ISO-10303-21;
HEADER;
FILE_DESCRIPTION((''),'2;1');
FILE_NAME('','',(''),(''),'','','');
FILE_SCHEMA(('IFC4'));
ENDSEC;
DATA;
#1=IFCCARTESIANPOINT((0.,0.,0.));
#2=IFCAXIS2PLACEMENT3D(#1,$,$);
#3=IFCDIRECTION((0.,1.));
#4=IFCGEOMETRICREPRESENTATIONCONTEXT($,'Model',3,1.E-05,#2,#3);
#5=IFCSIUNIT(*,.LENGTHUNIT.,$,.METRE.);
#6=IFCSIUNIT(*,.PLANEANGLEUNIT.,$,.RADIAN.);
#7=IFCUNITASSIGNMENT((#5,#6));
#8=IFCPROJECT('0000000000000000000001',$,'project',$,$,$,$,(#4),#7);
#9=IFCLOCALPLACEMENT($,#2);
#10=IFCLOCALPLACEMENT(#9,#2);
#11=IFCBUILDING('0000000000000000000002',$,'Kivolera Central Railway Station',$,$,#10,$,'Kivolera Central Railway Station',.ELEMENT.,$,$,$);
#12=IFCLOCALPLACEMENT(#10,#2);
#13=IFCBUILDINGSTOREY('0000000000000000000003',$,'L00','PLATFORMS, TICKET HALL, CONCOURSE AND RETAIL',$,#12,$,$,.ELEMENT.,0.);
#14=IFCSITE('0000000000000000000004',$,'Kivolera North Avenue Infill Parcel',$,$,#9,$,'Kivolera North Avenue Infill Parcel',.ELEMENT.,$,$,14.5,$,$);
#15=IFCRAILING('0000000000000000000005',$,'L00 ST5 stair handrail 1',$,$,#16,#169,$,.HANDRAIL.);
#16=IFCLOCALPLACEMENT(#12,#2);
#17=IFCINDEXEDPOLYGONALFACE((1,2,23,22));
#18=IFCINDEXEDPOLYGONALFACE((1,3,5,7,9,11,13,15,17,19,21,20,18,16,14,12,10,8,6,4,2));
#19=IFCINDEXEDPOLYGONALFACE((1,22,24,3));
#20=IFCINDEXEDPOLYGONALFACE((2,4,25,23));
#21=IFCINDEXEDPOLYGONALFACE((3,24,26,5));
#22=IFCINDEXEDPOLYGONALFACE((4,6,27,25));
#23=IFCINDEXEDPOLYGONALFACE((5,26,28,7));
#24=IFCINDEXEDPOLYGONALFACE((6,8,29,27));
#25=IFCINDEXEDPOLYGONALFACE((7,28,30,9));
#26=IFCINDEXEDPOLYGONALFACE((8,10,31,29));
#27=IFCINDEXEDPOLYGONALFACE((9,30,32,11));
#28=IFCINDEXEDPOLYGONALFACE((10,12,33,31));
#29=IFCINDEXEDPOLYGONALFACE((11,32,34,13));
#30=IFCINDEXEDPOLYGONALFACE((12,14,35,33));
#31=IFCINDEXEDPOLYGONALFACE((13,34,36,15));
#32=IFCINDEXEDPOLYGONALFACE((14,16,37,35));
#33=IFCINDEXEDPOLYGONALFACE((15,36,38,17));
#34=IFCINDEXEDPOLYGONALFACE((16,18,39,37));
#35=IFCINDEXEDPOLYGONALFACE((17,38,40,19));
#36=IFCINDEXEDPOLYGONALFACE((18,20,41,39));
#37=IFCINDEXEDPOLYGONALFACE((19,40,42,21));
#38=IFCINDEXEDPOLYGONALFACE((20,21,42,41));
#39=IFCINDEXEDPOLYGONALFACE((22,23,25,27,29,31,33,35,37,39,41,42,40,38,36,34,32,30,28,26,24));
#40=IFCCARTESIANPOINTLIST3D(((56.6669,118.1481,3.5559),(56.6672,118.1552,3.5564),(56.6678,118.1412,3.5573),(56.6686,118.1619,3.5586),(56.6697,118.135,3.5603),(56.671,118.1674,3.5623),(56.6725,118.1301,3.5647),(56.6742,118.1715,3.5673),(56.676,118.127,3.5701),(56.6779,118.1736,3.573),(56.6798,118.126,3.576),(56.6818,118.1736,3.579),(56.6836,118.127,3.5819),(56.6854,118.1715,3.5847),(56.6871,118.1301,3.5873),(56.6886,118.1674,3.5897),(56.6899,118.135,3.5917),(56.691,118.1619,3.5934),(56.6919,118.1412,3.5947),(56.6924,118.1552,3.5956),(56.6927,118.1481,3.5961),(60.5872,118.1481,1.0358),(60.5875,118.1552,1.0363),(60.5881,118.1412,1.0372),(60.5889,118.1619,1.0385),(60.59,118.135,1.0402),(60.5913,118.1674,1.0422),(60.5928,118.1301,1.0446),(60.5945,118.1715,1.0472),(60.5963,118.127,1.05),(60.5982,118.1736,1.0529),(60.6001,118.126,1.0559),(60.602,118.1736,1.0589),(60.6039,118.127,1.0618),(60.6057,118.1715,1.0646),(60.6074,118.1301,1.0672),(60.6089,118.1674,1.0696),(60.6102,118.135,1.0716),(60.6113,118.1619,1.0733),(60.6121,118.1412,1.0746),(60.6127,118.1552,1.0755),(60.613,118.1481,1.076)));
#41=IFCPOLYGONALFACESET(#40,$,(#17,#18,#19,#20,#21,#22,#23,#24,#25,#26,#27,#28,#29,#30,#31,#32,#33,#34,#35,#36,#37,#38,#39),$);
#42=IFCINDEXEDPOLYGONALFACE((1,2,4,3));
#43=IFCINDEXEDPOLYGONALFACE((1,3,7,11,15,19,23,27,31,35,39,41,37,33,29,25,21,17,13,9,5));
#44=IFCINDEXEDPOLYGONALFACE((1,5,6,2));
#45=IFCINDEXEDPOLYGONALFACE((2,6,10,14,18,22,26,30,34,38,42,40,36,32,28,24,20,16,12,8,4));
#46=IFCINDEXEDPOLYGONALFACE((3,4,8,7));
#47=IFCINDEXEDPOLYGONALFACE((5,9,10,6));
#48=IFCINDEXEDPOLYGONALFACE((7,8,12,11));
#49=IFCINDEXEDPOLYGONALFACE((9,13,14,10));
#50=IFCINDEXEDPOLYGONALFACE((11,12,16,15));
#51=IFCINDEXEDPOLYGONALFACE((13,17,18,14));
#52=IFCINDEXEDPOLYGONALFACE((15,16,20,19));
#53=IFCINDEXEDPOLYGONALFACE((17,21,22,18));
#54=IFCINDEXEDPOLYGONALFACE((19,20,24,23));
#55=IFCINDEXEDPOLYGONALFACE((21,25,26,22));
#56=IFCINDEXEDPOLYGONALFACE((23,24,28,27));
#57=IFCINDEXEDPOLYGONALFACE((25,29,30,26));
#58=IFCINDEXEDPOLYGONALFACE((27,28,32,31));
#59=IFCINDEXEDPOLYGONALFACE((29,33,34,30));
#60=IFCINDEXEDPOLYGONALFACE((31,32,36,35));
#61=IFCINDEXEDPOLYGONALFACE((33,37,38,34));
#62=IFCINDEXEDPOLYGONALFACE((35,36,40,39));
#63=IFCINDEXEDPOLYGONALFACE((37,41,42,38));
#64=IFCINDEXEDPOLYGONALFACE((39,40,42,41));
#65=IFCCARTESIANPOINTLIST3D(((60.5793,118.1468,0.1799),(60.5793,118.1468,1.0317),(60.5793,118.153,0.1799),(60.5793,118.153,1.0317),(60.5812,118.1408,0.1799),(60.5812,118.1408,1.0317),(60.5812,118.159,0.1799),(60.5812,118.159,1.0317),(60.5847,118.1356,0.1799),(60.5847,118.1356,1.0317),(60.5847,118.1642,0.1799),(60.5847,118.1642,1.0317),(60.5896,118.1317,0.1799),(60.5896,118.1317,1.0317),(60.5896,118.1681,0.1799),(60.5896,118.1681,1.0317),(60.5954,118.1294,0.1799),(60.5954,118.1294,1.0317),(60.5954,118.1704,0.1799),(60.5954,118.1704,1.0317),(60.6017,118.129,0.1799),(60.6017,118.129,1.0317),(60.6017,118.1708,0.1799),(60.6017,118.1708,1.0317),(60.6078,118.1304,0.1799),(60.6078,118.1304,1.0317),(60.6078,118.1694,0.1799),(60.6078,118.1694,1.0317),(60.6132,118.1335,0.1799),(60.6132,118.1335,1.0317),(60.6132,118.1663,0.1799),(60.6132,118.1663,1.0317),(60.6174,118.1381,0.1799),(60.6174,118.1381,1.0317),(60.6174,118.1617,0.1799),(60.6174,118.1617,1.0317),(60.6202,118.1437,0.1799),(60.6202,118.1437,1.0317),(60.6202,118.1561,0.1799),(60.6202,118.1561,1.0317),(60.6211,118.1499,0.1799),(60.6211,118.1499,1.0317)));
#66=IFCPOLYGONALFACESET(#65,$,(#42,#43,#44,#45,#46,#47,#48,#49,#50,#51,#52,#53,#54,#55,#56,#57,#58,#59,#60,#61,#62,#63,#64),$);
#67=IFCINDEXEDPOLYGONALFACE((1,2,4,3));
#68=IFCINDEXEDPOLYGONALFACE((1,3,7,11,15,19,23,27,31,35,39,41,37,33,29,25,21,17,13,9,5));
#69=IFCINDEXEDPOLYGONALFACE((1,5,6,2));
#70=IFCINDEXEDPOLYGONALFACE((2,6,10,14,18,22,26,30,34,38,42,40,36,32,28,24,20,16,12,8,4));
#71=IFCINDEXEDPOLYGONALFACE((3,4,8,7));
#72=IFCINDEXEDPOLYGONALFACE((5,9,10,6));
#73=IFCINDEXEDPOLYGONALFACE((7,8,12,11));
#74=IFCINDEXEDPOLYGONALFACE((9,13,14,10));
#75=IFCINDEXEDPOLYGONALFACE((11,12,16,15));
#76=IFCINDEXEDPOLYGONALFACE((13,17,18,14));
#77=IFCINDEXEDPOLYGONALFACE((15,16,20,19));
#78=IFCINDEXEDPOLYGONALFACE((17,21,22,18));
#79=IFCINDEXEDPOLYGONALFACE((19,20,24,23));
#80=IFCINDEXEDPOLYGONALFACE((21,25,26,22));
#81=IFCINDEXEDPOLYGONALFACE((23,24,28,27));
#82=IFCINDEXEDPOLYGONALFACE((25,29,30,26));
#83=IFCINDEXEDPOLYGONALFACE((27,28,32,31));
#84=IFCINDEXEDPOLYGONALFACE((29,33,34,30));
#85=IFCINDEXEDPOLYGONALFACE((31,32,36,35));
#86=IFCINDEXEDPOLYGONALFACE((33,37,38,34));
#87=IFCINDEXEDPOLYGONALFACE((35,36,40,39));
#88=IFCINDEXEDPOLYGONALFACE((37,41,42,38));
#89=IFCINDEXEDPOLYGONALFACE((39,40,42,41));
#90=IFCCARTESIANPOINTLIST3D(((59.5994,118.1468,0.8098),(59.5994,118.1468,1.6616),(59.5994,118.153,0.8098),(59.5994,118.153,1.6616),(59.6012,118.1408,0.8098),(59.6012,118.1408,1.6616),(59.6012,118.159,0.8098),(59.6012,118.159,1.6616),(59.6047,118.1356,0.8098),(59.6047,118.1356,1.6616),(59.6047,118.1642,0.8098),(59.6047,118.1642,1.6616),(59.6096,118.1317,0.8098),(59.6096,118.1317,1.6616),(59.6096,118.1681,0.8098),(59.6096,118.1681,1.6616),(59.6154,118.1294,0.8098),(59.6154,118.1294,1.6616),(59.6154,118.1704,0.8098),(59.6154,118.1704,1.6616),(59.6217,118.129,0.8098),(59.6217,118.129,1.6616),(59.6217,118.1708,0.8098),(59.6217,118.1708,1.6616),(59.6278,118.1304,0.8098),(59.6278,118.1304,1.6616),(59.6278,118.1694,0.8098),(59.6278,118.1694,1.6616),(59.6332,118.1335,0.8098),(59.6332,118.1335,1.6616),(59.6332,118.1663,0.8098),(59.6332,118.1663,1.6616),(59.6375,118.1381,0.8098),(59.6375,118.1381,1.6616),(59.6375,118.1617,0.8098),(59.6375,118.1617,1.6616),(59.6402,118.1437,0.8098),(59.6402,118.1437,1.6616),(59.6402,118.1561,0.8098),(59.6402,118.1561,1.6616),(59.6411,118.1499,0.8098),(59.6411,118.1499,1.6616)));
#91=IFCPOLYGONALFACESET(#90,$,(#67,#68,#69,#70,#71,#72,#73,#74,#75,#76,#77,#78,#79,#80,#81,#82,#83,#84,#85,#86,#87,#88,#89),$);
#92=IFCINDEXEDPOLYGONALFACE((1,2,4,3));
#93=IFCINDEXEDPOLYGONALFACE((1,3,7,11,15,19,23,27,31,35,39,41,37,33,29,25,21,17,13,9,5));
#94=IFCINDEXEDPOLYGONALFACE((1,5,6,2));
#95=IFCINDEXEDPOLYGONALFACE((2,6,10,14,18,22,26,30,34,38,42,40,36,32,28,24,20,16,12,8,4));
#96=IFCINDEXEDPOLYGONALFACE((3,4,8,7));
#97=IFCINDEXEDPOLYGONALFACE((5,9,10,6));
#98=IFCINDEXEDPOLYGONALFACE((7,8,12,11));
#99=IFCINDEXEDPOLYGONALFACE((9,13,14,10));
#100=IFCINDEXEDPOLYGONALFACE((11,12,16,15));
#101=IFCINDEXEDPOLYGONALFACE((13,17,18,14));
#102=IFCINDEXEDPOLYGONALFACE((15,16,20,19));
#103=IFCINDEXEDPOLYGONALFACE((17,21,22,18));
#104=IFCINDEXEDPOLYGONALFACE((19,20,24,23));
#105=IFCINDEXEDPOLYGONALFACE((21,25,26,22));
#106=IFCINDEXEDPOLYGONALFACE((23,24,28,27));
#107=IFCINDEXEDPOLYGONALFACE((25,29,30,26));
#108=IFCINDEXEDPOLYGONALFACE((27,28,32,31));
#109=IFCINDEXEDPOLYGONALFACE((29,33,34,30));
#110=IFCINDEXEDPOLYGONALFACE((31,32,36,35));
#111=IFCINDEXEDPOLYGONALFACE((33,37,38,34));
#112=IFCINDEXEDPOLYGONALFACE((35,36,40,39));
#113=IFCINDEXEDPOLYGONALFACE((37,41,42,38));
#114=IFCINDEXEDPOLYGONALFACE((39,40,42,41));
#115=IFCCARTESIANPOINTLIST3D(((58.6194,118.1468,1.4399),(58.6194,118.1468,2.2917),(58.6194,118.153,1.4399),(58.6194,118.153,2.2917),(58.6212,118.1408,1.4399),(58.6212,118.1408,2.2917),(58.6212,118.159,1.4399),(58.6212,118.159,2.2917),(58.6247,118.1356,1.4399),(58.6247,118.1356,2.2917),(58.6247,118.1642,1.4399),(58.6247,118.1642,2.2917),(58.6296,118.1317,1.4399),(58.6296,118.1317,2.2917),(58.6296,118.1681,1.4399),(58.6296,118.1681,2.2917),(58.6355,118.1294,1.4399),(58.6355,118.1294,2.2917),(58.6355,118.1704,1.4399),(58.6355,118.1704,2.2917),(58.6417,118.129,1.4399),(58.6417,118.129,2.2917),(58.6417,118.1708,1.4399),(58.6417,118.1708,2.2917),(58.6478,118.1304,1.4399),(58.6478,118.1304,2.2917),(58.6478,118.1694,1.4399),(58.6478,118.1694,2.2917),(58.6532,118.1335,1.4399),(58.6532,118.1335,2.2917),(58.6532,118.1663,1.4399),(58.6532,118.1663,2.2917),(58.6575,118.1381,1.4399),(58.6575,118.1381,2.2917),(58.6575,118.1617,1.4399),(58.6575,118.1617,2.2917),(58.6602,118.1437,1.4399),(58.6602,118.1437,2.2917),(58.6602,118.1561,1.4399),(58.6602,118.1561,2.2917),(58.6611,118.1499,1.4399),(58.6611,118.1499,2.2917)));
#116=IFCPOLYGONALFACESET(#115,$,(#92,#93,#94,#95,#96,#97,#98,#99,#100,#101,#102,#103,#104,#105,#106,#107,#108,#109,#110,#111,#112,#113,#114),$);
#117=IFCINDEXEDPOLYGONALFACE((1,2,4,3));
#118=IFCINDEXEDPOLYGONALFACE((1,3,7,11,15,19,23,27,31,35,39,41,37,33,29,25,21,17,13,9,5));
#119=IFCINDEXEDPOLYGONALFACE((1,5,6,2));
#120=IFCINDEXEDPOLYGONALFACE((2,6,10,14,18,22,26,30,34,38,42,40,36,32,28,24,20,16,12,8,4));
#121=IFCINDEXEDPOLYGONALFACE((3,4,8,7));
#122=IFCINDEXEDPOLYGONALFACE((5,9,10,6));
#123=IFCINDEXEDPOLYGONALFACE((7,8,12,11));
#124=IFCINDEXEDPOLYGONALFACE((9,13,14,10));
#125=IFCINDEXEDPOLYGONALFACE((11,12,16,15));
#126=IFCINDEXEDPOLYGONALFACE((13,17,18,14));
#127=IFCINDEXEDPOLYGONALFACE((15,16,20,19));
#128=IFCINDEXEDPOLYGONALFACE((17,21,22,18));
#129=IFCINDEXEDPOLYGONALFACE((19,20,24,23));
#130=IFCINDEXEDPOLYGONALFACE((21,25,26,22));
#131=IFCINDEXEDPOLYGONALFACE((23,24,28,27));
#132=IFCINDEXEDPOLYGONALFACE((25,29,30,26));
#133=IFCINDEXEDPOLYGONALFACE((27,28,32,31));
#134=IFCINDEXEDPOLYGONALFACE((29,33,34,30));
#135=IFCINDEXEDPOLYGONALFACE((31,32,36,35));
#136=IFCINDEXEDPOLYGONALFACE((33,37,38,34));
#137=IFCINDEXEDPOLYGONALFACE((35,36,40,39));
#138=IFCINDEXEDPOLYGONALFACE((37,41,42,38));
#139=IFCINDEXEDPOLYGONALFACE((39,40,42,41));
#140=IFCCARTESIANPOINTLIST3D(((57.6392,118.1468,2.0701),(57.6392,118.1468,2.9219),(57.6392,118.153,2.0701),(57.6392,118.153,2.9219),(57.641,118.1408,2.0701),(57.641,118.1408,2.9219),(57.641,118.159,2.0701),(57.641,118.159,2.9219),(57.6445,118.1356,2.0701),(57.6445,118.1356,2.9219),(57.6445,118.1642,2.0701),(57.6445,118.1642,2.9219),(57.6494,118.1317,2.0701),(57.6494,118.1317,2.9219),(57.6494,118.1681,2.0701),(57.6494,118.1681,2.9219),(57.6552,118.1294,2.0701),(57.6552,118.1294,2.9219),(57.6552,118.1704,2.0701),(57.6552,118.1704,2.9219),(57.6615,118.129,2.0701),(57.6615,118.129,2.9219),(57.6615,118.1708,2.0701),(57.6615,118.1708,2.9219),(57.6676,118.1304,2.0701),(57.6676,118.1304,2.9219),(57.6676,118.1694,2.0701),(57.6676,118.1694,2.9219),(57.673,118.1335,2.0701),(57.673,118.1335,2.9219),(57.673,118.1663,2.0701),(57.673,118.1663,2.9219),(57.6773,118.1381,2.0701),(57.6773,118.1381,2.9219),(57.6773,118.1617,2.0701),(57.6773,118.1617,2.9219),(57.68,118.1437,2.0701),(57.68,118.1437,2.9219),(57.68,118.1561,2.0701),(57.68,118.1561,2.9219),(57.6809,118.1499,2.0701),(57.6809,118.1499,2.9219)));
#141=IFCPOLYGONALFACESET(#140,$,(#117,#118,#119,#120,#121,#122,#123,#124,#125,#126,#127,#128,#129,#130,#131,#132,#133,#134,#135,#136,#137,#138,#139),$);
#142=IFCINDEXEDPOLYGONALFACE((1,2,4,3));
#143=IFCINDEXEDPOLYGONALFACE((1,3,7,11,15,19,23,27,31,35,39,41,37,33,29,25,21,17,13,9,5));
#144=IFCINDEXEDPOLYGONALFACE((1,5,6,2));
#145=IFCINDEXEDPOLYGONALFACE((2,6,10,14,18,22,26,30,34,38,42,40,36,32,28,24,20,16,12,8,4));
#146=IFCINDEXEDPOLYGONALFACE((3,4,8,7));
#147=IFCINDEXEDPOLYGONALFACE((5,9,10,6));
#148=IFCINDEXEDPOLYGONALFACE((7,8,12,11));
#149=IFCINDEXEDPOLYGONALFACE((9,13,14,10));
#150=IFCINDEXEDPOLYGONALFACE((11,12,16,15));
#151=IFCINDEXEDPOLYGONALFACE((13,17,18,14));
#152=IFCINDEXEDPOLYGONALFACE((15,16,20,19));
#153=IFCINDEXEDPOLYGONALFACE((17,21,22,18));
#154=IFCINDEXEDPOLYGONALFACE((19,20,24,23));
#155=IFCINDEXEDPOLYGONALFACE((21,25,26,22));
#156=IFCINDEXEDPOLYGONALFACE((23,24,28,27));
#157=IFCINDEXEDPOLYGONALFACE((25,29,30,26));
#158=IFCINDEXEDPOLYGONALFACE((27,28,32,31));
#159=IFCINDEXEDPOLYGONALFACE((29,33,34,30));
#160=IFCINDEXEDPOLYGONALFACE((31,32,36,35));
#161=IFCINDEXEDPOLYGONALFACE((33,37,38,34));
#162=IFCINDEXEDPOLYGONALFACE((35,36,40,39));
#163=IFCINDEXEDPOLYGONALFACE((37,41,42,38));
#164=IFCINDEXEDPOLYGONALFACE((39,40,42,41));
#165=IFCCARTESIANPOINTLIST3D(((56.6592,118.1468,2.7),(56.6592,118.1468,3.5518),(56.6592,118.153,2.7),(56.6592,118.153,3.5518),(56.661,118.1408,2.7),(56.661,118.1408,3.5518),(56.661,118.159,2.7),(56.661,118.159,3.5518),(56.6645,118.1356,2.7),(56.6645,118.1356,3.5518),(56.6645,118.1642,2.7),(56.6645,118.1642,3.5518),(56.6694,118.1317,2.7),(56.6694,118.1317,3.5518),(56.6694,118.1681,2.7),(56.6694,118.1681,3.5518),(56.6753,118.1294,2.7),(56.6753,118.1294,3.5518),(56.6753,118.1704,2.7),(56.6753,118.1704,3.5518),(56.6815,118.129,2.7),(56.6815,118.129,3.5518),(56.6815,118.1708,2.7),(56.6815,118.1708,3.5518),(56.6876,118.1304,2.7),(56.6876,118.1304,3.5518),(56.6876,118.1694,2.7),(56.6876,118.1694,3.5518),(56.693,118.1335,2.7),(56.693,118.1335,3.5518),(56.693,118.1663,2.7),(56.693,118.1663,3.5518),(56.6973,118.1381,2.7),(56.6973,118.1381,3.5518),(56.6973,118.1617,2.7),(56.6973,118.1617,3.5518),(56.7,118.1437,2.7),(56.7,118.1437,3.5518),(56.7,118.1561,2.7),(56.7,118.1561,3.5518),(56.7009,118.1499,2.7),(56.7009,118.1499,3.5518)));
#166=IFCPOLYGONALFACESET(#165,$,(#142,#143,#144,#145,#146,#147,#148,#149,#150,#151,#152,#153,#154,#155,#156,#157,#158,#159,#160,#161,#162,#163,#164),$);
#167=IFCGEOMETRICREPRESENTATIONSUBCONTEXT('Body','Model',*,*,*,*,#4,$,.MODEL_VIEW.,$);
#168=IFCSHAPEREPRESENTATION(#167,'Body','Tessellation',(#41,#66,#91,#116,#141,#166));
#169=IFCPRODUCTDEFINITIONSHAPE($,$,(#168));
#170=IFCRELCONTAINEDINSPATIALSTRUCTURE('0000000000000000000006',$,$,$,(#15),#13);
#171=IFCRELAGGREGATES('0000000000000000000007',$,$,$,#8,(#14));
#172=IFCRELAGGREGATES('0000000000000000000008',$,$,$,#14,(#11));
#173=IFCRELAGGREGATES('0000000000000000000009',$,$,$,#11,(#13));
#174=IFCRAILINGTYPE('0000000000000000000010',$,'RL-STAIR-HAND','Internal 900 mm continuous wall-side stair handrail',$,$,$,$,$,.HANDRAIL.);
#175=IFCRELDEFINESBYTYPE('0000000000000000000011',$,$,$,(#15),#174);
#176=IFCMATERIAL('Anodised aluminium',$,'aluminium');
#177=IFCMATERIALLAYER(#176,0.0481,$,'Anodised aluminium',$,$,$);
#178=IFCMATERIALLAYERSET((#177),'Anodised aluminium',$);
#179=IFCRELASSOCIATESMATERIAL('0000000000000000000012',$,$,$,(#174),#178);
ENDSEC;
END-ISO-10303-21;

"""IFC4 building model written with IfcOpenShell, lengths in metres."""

from ifc_helpers import new_model, si_unit, direction, frame, origin, origin_2d, place, context, subcontext, project, spatial, circle, extrude, material, layer, layer_set, type_object, element, save


model = new_model("IFC4")

# Units and contexts
model_context = context("Model", 3, precision=1e-05, world=origin(), true_north=direction((0.0, 1.0)))
body_context = subcontext(model_context, "Body", "Model", "MODEL_VIEW")
ifc_project = project(units=[si_unit("LENGTHUNIT", "METRE"), si_unit("PLANEANGLEUNIT", "RADIAN")], contexts=[model_context])

# Site, building, storey
site_placement = place(None, origin())
site = spatial("IfcSite", under=ifc_project, at=site_placement, Name="Kivolera North Avenue Infill Parcel", LongName="Kivolera North Avenue Infill Parcel", CompositionType="ELEMENT", RefElevation=14.5)
building_placement = place(site_placement, origin())
building = spatial("IfcBuilding", under=site, at=building_placement, Name="Kivolera Central Railway Station", LongName="Kivolera Central Railway Station", CompositionType="ELEMENT")
storey_placement = place(building_placement, origin())
storey = spatial("IfcBuildingStorey", under=building, at=storey_placement, Name="L00", Description="PLATFORMS, TICKET HALL, CONCOURSE AND RETAIL", CompositionType="ELEMENT", Elevation=0.0)

# Shared definitions
ifc_material_1 = material(Name="Anodised aluminium", Category="aluminium")

# Railing
ifc_layer_1 = layer(ifc_material_1, 0.0481, Name="Anodised aluminium")
ifc_layer_set_1 = layer_set([ifc_layer_1], Name="Anodised aluminium")
railing_type_1 = type_object("IfcRailingType", Name="RL-STAIR-HAND", Description="Internal 900 mm continuous wall-side stair handrail", PredefinedType="HANDRAIL", material=ifc_layer_set_1)
railing_1_placement = place(storey_placement, frame((60.6001, 118.1499, 0.1799)))
element("IfcRailing", 1, at=railing_1_placement, inside=storey, type_object=railing_type_1, Name="L00 ST5 stair handrail 1", PredefinedType="HANDRAIL", context=body_context, shape_type="SweptSolid", body=[
    extrude(circle(Radius=0.0239, at=origin_2d()), frame((0.0, 0.0, 0.876), z_axis=(-0.841187, 0.0, 0.540744), x_axis=(0.0, -1.0, 0.0)), (0.0, 0.0, 1.0), 4.6604),
    extrude(circle(Radius=0.021, at=origin_2d()), origin(), (0.0, 0.0, 1.0), 0.8518),
    extrude(circle(Radius=0.021, at=origin_2d()), frame((-0.98, 0.0, 0.6299)), (0.0, 0.0, 1.0), 0.8518),
    extrude(circle(Radius=0.021, at=origin_2d()), frame((-1.96, 0.0, 1.26)), (0.0, 0.0, 1.0), 0.8518),
    extrude(circle(Radius=0.021, at=origin_2d()), frame((-2.9402, 0.0, 1.8901)), (0.0, 0.0, 1.0), 0.8518),
    extrude(circle(Radius=0.021, at=origin_2d()), frame((-3.9202, 0.0, 2.52)), (0.0, 0.0, 1.0), 0.8518),
])

save(model, "model.ifc")
